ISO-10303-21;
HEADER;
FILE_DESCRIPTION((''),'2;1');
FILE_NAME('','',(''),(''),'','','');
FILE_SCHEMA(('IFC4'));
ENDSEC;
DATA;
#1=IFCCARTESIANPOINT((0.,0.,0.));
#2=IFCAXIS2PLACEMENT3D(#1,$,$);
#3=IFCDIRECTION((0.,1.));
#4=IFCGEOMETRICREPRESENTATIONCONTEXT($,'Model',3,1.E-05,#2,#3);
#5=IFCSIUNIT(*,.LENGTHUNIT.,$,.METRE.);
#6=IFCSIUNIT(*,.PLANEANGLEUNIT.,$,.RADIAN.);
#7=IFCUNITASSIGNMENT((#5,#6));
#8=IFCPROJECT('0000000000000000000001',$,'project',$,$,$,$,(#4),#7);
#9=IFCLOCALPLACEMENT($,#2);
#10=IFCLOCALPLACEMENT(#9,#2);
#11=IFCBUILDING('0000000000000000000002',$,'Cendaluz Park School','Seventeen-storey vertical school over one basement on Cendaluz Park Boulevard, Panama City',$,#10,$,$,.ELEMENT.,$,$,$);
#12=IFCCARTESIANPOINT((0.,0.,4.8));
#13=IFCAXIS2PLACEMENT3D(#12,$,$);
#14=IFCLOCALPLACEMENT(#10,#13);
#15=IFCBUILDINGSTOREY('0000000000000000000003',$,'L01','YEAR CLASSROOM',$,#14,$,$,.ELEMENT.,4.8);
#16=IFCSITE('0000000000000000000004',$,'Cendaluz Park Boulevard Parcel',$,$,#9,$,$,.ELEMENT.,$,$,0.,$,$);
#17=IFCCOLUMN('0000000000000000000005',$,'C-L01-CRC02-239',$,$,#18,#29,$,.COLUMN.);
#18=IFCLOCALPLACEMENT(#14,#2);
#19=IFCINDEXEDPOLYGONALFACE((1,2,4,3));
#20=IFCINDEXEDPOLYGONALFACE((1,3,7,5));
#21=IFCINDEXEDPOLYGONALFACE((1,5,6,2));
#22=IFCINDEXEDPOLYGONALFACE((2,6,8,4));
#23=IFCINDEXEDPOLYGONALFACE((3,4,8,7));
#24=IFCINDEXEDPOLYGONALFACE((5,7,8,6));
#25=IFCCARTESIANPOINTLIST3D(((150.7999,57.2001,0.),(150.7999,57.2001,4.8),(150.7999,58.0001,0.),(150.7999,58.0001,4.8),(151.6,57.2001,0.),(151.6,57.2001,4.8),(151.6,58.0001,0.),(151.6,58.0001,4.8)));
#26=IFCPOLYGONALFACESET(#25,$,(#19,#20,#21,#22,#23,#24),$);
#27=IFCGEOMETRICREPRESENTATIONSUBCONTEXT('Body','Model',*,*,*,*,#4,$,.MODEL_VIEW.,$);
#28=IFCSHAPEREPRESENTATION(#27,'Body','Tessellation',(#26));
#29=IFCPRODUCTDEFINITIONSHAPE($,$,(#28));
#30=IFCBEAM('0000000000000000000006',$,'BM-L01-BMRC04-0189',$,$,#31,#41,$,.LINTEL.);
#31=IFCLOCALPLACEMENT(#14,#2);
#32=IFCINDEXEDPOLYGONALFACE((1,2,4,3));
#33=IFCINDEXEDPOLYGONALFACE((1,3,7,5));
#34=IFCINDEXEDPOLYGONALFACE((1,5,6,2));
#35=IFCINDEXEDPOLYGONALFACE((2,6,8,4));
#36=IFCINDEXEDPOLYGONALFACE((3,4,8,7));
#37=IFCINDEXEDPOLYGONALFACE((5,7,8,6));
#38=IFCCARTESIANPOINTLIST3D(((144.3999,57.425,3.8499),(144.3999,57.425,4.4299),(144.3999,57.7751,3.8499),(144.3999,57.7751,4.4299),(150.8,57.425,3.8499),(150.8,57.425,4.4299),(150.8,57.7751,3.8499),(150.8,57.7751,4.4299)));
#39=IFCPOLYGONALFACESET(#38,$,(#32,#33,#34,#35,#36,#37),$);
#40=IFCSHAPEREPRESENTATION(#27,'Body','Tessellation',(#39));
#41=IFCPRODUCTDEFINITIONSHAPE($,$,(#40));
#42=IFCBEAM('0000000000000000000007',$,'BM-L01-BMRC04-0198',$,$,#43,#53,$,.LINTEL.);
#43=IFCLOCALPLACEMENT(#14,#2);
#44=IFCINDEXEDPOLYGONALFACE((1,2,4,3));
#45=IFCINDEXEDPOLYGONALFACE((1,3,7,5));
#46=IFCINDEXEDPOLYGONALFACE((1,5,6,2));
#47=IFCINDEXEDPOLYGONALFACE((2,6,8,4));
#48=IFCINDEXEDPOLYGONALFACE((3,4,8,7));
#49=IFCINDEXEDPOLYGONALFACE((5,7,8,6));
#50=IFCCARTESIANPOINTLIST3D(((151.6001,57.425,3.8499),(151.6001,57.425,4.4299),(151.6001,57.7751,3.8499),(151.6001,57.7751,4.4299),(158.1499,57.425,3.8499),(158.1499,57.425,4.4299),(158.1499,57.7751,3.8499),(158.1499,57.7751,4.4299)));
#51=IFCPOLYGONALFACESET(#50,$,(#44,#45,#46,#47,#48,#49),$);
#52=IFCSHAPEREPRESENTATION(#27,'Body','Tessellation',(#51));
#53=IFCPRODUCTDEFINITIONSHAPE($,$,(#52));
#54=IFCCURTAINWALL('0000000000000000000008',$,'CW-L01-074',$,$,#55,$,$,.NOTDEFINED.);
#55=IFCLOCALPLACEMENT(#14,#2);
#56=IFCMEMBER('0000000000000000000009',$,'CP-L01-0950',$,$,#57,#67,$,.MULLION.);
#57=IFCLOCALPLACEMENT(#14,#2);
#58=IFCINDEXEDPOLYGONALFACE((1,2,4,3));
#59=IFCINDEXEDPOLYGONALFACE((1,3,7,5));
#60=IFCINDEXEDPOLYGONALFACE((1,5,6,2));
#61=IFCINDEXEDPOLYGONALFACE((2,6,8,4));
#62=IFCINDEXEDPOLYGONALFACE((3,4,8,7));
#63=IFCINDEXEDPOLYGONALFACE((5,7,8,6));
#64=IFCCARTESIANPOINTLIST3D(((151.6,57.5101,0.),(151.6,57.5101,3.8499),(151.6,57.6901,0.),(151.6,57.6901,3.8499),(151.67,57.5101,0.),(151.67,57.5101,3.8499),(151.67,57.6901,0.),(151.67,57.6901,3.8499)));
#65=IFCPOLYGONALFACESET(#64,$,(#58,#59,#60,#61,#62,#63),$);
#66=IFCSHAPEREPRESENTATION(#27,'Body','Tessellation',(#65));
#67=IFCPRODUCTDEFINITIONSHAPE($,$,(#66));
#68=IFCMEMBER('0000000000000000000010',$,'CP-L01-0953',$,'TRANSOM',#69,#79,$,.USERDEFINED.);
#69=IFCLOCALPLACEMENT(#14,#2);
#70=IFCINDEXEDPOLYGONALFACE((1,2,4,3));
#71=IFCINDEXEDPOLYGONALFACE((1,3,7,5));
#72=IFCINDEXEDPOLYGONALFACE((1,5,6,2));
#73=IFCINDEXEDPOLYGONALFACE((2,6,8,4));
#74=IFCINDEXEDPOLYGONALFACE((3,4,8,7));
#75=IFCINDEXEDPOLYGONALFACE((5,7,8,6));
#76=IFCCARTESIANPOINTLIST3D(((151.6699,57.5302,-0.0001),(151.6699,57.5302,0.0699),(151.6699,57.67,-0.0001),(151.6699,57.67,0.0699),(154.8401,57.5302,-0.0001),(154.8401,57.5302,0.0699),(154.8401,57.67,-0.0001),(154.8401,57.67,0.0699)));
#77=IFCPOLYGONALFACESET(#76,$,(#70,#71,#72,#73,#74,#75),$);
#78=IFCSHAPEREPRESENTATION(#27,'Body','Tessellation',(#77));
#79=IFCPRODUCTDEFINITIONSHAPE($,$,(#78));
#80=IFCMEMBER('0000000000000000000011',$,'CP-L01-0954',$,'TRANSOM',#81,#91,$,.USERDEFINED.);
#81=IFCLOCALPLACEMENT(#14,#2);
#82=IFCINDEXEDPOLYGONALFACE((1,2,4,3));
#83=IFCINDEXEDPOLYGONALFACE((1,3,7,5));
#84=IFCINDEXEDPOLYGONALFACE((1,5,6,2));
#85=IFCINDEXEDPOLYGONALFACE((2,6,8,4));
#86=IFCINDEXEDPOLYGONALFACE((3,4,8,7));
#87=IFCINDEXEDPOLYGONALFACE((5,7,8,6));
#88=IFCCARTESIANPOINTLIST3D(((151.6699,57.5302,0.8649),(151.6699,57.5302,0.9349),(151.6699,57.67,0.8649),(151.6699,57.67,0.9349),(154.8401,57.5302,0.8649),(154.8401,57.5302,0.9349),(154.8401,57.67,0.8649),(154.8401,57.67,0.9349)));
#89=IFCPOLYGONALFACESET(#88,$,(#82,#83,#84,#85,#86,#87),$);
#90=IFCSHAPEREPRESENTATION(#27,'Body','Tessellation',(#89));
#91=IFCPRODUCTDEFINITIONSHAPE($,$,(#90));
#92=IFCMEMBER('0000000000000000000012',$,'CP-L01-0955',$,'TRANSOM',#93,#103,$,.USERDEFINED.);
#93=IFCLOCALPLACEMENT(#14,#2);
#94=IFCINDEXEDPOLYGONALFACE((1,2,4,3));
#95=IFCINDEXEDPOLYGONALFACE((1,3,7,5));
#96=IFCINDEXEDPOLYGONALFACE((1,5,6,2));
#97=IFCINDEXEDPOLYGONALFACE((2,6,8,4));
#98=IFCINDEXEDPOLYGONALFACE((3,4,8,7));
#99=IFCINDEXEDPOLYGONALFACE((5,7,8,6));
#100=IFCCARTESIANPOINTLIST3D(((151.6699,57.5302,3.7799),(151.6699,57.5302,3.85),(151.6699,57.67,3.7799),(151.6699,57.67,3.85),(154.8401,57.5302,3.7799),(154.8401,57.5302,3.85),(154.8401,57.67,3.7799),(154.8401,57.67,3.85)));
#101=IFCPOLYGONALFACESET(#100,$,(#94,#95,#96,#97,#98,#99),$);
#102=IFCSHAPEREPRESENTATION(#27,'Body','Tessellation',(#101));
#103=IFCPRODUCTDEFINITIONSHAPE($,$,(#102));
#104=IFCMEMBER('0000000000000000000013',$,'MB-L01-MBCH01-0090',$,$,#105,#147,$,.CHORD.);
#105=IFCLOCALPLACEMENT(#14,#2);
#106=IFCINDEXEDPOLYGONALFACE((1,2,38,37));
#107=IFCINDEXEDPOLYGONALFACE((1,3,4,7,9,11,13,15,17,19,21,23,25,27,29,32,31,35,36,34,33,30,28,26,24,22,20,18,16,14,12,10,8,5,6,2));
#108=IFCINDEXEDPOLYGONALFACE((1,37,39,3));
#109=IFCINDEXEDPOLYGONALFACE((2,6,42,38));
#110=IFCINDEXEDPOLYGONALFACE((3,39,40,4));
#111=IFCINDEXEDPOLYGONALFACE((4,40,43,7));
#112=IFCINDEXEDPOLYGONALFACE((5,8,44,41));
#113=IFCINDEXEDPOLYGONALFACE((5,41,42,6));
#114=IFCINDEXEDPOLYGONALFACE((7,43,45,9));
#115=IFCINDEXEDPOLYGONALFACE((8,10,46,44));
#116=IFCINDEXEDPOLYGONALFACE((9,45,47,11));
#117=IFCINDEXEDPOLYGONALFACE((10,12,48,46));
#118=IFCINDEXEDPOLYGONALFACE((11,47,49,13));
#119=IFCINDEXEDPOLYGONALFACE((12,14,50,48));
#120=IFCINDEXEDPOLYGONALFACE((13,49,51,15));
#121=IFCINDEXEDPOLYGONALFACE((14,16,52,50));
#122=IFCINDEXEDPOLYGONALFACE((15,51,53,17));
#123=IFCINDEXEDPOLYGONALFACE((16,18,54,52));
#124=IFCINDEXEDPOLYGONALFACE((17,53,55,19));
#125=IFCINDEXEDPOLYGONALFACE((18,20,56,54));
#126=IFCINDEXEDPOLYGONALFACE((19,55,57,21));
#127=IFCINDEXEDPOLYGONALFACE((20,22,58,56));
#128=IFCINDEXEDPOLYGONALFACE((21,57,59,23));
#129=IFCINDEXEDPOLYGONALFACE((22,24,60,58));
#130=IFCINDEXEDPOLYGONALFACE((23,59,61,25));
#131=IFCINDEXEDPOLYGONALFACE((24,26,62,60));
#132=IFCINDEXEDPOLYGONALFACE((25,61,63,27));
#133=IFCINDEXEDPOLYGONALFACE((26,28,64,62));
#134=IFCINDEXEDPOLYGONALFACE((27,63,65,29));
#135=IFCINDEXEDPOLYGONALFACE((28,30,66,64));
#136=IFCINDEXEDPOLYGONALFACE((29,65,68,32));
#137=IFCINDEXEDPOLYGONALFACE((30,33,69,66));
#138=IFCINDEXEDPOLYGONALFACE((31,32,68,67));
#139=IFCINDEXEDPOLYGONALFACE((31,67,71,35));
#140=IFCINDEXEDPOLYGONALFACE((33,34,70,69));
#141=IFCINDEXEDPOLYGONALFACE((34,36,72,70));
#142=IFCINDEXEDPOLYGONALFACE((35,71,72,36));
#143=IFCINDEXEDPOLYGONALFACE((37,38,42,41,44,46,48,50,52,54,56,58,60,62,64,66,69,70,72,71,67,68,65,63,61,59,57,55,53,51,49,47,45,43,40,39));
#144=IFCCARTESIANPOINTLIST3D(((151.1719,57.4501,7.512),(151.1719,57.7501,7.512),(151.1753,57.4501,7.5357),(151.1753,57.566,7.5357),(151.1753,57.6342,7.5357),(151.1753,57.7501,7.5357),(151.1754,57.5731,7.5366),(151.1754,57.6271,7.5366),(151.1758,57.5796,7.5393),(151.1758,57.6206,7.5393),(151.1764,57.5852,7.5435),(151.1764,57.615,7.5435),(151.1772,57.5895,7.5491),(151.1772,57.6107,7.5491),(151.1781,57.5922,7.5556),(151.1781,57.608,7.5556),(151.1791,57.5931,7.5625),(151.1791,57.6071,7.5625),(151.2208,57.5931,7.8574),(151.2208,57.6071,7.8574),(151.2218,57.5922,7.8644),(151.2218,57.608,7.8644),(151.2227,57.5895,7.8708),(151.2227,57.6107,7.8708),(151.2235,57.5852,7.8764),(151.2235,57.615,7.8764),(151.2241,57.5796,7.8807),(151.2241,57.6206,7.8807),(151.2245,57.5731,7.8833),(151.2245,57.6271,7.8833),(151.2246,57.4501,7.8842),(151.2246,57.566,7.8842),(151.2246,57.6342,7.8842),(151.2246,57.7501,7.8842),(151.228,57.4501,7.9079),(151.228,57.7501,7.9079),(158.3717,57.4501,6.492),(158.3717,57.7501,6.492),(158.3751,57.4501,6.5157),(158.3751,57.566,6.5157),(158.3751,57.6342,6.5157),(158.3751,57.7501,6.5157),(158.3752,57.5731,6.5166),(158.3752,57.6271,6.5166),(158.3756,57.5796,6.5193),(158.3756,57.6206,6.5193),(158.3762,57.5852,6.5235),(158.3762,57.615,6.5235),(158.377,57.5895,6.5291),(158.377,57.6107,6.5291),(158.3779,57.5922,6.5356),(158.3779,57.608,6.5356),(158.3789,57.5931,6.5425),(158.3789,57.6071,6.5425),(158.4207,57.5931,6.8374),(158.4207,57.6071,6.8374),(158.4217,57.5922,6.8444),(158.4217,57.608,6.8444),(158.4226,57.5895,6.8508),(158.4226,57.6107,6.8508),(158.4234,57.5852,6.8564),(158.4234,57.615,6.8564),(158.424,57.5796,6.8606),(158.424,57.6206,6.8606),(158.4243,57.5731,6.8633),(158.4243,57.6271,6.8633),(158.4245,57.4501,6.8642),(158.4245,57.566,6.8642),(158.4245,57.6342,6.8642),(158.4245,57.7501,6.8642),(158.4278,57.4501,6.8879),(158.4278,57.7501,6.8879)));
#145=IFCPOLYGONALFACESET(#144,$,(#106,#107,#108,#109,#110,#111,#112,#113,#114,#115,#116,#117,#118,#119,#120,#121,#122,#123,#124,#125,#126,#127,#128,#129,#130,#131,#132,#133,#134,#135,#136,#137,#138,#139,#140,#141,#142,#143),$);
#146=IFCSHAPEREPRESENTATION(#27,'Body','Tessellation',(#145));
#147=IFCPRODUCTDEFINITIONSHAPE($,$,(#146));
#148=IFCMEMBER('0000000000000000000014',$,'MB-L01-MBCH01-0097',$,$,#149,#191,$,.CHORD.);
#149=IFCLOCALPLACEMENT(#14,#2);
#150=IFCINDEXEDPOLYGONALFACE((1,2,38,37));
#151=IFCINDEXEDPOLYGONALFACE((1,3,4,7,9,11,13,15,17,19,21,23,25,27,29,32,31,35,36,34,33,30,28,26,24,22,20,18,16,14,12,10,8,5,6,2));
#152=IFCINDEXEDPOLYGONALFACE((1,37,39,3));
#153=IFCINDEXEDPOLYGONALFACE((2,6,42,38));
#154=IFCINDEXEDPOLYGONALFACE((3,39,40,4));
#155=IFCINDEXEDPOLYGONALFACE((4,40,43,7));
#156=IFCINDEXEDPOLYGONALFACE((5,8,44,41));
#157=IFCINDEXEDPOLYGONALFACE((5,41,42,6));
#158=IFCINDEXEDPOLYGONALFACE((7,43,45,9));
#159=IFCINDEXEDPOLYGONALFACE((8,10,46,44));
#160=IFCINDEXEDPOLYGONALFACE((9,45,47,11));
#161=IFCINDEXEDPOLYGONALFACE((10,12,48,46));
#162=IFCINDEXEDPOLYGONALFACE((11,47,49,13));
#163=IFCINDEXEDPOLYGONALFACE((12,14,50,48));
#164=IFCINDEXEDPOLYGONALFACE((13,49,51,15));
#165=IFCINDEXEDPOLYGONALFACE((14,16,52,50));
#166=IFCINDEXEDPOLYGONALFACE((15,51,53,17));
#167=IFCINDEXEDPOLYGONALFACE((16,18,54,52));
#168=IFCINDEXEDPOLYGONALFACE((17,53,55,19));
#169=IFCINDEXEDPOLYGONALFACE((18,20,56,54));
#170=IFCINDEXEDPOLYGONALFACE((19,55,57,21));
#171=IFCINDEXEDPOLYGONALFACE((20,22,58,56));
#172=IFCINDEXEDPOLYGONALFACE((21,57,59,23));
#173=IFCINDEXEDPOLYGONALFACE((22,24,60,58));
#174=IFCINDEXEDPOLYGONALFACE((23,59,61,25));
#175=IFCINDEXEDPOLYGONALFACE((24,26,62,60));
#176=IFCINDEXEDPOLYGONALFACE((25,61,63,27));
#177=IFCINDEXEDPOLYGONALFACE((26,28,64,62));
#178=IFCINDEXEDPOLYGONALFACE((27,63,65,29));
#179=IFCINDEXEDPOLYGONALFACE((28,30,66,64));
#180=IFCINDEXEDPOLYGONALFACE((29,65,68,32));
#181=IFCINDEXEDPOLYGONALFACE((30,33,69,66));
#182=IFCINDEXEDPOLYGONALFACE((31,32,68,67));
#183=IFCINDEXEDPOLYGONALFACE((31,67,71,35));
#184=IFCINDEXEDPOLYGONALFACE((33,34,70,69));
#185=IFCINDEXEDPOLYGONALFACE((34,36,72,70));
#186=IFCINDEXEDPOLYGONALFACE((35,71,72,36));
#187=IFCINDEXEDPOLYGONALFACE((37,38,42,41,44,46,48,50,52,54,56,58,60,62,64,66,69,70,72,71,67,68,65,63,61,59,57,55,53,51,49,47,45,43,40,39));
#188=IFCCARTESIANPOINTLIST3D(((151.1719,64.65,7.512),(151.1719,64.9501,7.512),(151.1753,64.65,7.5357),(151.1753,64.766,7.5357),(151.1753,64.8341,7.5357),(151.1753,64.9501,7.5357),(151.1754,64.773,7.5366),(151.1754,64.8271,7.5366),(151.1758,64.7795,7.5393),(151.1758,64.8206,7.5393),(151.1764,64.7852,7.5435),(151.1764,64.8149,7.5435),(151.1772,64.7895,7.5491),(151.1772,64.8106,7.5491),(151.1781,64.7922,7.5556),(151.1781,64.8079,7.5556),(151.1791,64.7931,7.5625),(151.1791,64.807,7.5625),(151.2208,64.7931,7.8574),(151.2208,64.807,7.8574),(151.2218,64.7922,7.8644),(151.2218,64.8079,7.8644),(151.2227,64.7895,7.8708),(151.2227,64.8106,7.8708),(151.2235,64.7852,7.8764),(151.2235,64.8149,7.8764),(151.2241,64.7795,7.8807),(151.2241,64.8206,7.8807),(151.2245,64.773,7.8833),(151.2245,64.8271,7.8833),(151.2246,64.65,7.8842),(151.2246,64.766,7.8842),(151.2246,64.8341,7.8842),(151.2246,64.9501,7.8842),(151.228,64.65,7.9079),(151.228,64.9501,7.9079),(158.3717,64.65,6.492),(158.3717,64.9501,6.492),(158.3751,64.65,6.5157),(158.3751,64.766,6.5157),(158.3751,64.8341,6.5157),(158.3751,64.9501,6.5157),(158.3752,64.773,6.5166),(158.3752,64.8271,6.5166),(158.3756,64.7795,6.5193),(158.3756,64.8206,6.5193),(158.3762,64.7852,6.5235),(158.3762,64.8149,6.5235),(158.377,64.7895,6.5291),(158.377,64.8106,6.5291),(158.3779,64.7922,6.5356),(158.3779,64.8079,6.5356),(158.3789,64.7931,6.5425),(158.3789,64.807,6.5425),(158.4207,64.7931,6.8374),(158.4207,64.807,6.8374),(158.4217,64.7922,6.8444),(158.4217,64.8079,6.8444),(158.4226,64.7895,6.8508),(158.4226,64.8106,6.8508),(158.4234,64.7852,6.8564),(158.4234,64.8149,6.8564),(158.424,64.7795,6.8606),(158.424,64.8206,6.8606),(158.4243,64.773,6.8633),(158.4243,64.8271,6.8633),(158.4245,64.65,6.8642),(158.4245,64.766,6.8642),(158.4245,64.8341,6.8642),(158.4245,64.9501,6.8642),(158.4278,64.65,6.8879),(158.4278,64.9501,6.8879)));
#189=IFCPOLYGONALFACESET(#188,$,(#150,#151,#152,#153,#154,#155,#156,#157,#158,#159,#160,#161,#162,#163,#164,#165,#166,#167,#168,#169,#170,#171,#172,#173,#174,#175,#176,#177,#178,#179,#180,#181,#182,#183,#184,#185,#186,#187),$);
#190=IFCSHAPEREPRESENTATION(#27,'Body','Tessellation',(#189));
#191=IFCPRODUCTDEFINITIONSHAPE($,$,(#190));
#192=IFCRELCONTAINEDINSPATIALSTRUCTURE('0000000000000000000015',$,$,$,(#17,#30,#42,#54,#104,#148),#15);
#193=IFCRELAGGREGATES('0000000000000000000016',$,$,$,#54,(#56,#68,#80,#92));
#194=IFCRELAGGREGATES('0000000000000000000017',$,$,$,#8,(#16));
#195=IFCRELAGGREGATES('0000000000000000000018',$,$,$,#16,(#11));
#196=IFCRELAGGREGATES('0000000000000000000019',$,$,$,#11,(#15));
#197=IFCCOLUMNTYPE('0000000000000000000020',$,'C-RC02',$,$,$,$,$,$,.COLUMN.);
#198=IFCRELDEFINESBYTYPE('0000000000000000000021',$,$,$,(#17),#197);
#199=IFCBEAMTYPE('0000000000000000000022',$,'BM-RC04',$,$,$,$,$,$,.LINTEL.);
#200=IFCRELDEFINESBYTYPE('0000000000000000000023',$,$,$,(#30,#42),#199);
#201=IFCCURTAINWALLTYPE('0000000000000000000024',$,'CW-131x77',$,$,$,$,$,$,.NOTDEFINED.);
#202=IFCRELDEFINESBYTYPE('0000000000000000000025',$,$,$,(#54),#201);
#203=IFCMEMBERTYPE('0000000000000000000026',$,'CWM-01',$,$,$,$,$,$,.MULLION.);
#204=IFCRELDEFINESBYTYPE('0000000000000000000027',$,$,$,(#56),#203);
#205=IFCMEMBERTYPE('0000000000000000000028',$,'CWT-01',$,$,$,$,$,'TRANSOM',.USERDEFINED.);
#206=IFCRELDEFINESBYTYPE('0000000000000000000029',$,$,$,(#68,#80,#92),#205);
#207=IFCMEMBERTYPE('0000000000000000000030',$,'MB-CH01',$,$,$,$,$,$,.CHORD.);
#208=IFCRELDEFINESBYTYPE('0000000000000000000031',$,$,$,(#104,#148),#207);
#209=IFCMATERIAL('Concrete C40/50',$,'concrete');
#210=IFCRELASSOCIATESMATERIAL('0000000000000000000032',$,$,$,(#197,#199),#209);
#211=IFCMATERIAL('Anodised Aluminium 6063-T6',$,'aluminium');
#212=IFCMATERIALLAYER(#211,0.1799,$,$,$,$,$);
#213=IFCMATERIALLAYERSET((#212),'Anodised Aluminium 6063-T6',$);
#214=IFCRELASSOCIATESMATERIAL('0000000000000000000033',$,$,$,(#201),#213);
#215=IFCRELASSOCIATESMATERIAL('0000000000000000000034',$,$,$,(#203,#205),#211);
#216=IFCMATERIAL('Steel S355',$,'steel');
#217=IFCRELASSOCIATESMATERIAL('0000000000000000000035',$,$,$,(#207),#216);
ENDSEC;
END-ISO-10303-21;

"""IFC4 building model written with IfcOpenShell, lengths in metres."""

from ifc_helpers import new_model, si_unit, direction, frame, origin, origin_2d, place, context, subcontext, project, spatial, rectangle, i_section, extrude, material, layer, layer_set, material_profile, profile_set, type_object, element, aggregate, save


model = new_model("IFC4")

# Units and contexts
model_context = context("Model", 3, precision=1e-05, world=origin(), true_north=direction((0.0, 1.0)))
body_context = subcontext(model_context, "Body", "Model", "MODEL_VIEW")
ifc_project = project(units=[si_unit("LENGTHUNIT", "METRE"), si_unit("PLANEANGLEUNIT", "RADIAN")], contexts=[model_context])

# Site, building, storey
site_placement = place(None, origin())
site = spatial("IfcSite", under=ifc_project, at=site_placement, Name="Cendaluz Park Boulevard Parcel", CompositionType="ELEMENT", RefElevation=0.0)
building_placement = place(site_placement, origin())
building = spatial("IfcBuilding", under=site, at=building_placement, Name="Cendaluz Park School", Description="Seventeen-storey vertical school over one basement on Cendaluz Park Boulevard, Panama City", CompositionType="ELEMENT")
storey_placement = place(building_placement, frame((0.0, 0.0, 4.8)))
storey = spatial("IfcBuildingStorey", under=building, at=storey_placement, Name="L01", Description="YEAR CLASSROOM", CompositionType="ELEMENT", Elevation=4.8)

# Column
ifc_material_1 = material(Name="Concrete C40/50", Category="concrete")
ifc_material_profile_1 = material_profile(ifc_material_1, rectangle(XDim=0.8, YDim=0.8, at=origin_2d()), Name="RC 800x800", Category="concrete")
ifc_profile_set_1 = profile_set([ifc_material_profile_1], Name="Concrete C40/50")
column_type = type_object("IfcColumnType", Name="C-RC02", PredefinedType="COLUMN", material=ifc_profile_set_1)
column_placement = place(storey_placement, frame((151.2, 57.6001, 0.0), z_axis=(0.0, 0.0, 1.0), x_axis=(1.0, 0.0, 0.0)))
element("IfcColumn", 1, at=column_placement, inside=storey, type_object=column_type, Name="C-L01-CRC02-239", PredefinedType="COLUMN", context=body_context, shape_type="SweptSolid", body=[
    extrude(rectangle(XDim=0.8, YDim=0.8, at=origin_2d()), origin(), (0.0, 0.0, 1.0), 4.8),
])

# Beams
ifc_material_profile_2 = material_profile(ifc_material_1, rectangle(XDim=0.3501, YDim=0.5801, at=origin_2d()), Name="RC 350x580", Category="concrete")
ifc_profile_set_2 = profile_set([ifc_material_profile_2], Name="Concrete C40/50")
beam_type = type_object("IfcBeamType", Name="BM-RC04", PredefinedType="LINTEL", material=ifc_profile_set_2)
beam_1_placement = place(storey_placement, frame((144.3999, 57.6001, 4.1399), z_axis=(1.0, 0.0, 0.0), x_axis=(0.0, 1.0, 0.0)))
element("IfcBeam", 2, at=beam_1_placement, inside=storey, type_object=beam_type, Name="BM-L01-BMRC04-0189", PredefinedType="LINTEL", context=body_context, shape_type="SweptSolid", body=[
    extrude(rectangle(XDim=0.3501, YDim=0.5801, at=origin_2d()), origin(), (0.0, 0.0, 1.0), 6.4001),
])
beam_2_placement = place(storey_placement, frame((151.6001, 57.6001, 4.1399), z_axis=(1.0, 0.0, 0.0), x_axis=(0.0, 1.0, 0.0)))
element("IfcBeam", 3, at=beam_2_placement, inside=storey, type_object=beam_type, Name="BM-L01-BMRC04-0198", PredefinedType="LINTEL", context=body_context, shape_type="SweptSolid", body=[
    extrude(rectangle(XDim=0.3501, YDim=0.5801, at=origin_2d()), origin(), (0.0, 0.0, 1.0), 6.5498),
])

# Curtain wall, members
ifc_material_2 = material(Name="Anodised Aluminium 6063-T6", Category="aluminium")
ifc_layer_1 = layer(ifc_material_2, 0.1799)
ifc_layer_set_1 = layer_set([ifc_layer_1], Name="Anodised Aluminium 6063-T6")
curtain_wall_type = type_object("IfcCurtainWallType", Name="CW-131x77", PredefinedType="NOTDEFINED", material=ifc_layer_set_1)
curtain_wall_placement = place(storey_placement, origin())
curtain_wall = element("IfcCurtainWall", 4, at=curtain_wall_placement, inside=storey, type_object=curtain_wall_type, Name="CW-L01-074", PredefinedType="NOTDEFINED")
ifc_material_profile_3 = material_profile(ifc_material_2, rectangle(XDim=0.1799, YDim=0.0701, at=origin_2d()), Name="CWM 180x70", Category="aluminium")
ifc_profile_set_3 = profile_set([ifc_material_profile_3], Name="Anodised Aluminium 6063-T6")
member_type_1 = type_object("IfcMemberType", Name="CWM-01", PredefinedType="MULLION", material=ifc_profile_set_3)
member_1_placement = place(storey_placement, frame((151.635, 57.6001, 0.0), z_axis=(0.0, 0.0, 1.0), x_axis=(0.0, 1.0, 0.0)))
member_1 = element("IfcMember", 5, at=member_1_placement, type_object=member_type_1, Name="CP-L01-0950", PredefinedType="MULLION", context=body_context, shape_type="SweptSolid", body=[
    extrude(rectangle(XDim=0.1799, YDim=0.0701, at=origin_2d()), origin(), (0.0, 0.0, 1.0), 3.8499),
])
ifc_material_profile_4 = material_profile(ifc_material_2, rectangle(XDim=0.1399, YDim=0.0701, at=origin_2d()), Name="CWT 140x70", Category="aluminium")
ifc_profile_set_4 = profile_set([ifc_material_profile_4], Name="Anodised Aluminium 6063-T6")
member_type_2 = type_object("IfcMemberType", Name="CWT-01", ElementType="TRANSOM", PredefinedType="USERDEFINED", material=ifc_profile_set_4)
member_2_placement = place(storey_placement, frame((151.6699, 57.6001, 0.0349), z_axis=(1.0, 0.0, 0.0), x_axis=(0.0, 1.0, 0.0)))
member_2 = element("IfcMember", 6, at=member_2_placement, type_object=member_type_2, Name="CP-L01-0953", ObjectType="TRANSOM", PredefinedType="USERDEFINED", context=body_context, shape_type="SweptSolid", body=[
    extrude(rectangle(XDim=0.1399, YDim=0.0701, at=origin_2d()), origin(), (0.0, 0.0, 1.0), 3.1702),
])
member_3_placement = place(storey_placement, frame((151.6699, 57.6001, 0.8999), z_axis=(1.0, 0.0, 0.0), x_axis=(0.0, 1.0, 0.0)))
member_3 = element("IfcMember", 7, at=member_3_placement, type_object=member_type_2, Name="CP-L01-0954", ObjectType="TRANSOM", PredefinedType="USERDEFINED", context=body_context, shape_type="SweptSolid", body=[
    extrude(rectangle(XDim=0.1399, YDim=0.0701, at=origin_2d()), origin(), (0.0, 0.0, 1.0), 3.1702),
])
member_4_placement = place(storey_placement, frame((151.6699, 57.6001, 3.8149), z_axis=(1.0, 0.0, 0.0), x_axis=(0.0, 1.0, 0.0)))
member_4 = element("IfcMember", 8, at=member_4_placement, type_object=member_type_2, Name="CP-L01-0955", ObjectType="TRANSOM", PredefinedType="USERDEFINED", context=body_context, shape_type="SweptSolid", body=[
    extrude(rectangle(XDim=0.1399, YDim=0.0701, at=origin_2d()), origin(), (0.0, 0.0, 1.0), 3.1702),
])

# Members
ifc_material_3 = material(Name="Steel S355", Category="steel")
ifc_material_profile_5 = material_profile(ifc_material_3, i_section(OverallWidth=0.3, OverallDepth=0.3999, WebThickness=0.0139, FlangeThickness=0.0239, FilletRadius=0.0271, at=origin_2d()), Name="HEB 400", Category="steel")
ifc_profile_set_5 = profile_set([ifc_material_profile_5], Name="Steel S355")
member_type_3 = type_object("IfcMemberType", Name="MB-CH01", PredefinedType="CHORD", material=ifc_profile_set_5)
for number, where, z_axis, x_axis, name in (
    (9, (151.2, 57.6001, 7.71), (0.990113, 0.0, -0.14027), (0.0, 1.0, 0.0), "MB-L01-MBCH01-0090"),
    (10, (151.2, 64.8, 7.71), (0.990113, 0.0, -0.14027), (0.0, 1.0, 0.0), "MB-L01-MBCH01-0097"),
):
    element("IfcMember", number, at=place(storey_placement, frame(where, z_axis=z_axis, x_axis=x_axis)), inside=storey, type_object=member_type_3, Name=name, PredefinedType="CHORD", context=body_context, shape_type="SweptSolid", body=[
        extrude(i_section(OverallWidth=0.3, OverallDepth=0.3999, WebThickness=0.0139, FlangeThickness=0.0239, FilletRadius=0.0271, at=origin_2d()), origin(), (0.0, 0.0, 1.0), 7.2717),
    ])

aggregate(curtain_wall, [member_1, member_2, member_3, member_4])

save(model, "model.ifc")
